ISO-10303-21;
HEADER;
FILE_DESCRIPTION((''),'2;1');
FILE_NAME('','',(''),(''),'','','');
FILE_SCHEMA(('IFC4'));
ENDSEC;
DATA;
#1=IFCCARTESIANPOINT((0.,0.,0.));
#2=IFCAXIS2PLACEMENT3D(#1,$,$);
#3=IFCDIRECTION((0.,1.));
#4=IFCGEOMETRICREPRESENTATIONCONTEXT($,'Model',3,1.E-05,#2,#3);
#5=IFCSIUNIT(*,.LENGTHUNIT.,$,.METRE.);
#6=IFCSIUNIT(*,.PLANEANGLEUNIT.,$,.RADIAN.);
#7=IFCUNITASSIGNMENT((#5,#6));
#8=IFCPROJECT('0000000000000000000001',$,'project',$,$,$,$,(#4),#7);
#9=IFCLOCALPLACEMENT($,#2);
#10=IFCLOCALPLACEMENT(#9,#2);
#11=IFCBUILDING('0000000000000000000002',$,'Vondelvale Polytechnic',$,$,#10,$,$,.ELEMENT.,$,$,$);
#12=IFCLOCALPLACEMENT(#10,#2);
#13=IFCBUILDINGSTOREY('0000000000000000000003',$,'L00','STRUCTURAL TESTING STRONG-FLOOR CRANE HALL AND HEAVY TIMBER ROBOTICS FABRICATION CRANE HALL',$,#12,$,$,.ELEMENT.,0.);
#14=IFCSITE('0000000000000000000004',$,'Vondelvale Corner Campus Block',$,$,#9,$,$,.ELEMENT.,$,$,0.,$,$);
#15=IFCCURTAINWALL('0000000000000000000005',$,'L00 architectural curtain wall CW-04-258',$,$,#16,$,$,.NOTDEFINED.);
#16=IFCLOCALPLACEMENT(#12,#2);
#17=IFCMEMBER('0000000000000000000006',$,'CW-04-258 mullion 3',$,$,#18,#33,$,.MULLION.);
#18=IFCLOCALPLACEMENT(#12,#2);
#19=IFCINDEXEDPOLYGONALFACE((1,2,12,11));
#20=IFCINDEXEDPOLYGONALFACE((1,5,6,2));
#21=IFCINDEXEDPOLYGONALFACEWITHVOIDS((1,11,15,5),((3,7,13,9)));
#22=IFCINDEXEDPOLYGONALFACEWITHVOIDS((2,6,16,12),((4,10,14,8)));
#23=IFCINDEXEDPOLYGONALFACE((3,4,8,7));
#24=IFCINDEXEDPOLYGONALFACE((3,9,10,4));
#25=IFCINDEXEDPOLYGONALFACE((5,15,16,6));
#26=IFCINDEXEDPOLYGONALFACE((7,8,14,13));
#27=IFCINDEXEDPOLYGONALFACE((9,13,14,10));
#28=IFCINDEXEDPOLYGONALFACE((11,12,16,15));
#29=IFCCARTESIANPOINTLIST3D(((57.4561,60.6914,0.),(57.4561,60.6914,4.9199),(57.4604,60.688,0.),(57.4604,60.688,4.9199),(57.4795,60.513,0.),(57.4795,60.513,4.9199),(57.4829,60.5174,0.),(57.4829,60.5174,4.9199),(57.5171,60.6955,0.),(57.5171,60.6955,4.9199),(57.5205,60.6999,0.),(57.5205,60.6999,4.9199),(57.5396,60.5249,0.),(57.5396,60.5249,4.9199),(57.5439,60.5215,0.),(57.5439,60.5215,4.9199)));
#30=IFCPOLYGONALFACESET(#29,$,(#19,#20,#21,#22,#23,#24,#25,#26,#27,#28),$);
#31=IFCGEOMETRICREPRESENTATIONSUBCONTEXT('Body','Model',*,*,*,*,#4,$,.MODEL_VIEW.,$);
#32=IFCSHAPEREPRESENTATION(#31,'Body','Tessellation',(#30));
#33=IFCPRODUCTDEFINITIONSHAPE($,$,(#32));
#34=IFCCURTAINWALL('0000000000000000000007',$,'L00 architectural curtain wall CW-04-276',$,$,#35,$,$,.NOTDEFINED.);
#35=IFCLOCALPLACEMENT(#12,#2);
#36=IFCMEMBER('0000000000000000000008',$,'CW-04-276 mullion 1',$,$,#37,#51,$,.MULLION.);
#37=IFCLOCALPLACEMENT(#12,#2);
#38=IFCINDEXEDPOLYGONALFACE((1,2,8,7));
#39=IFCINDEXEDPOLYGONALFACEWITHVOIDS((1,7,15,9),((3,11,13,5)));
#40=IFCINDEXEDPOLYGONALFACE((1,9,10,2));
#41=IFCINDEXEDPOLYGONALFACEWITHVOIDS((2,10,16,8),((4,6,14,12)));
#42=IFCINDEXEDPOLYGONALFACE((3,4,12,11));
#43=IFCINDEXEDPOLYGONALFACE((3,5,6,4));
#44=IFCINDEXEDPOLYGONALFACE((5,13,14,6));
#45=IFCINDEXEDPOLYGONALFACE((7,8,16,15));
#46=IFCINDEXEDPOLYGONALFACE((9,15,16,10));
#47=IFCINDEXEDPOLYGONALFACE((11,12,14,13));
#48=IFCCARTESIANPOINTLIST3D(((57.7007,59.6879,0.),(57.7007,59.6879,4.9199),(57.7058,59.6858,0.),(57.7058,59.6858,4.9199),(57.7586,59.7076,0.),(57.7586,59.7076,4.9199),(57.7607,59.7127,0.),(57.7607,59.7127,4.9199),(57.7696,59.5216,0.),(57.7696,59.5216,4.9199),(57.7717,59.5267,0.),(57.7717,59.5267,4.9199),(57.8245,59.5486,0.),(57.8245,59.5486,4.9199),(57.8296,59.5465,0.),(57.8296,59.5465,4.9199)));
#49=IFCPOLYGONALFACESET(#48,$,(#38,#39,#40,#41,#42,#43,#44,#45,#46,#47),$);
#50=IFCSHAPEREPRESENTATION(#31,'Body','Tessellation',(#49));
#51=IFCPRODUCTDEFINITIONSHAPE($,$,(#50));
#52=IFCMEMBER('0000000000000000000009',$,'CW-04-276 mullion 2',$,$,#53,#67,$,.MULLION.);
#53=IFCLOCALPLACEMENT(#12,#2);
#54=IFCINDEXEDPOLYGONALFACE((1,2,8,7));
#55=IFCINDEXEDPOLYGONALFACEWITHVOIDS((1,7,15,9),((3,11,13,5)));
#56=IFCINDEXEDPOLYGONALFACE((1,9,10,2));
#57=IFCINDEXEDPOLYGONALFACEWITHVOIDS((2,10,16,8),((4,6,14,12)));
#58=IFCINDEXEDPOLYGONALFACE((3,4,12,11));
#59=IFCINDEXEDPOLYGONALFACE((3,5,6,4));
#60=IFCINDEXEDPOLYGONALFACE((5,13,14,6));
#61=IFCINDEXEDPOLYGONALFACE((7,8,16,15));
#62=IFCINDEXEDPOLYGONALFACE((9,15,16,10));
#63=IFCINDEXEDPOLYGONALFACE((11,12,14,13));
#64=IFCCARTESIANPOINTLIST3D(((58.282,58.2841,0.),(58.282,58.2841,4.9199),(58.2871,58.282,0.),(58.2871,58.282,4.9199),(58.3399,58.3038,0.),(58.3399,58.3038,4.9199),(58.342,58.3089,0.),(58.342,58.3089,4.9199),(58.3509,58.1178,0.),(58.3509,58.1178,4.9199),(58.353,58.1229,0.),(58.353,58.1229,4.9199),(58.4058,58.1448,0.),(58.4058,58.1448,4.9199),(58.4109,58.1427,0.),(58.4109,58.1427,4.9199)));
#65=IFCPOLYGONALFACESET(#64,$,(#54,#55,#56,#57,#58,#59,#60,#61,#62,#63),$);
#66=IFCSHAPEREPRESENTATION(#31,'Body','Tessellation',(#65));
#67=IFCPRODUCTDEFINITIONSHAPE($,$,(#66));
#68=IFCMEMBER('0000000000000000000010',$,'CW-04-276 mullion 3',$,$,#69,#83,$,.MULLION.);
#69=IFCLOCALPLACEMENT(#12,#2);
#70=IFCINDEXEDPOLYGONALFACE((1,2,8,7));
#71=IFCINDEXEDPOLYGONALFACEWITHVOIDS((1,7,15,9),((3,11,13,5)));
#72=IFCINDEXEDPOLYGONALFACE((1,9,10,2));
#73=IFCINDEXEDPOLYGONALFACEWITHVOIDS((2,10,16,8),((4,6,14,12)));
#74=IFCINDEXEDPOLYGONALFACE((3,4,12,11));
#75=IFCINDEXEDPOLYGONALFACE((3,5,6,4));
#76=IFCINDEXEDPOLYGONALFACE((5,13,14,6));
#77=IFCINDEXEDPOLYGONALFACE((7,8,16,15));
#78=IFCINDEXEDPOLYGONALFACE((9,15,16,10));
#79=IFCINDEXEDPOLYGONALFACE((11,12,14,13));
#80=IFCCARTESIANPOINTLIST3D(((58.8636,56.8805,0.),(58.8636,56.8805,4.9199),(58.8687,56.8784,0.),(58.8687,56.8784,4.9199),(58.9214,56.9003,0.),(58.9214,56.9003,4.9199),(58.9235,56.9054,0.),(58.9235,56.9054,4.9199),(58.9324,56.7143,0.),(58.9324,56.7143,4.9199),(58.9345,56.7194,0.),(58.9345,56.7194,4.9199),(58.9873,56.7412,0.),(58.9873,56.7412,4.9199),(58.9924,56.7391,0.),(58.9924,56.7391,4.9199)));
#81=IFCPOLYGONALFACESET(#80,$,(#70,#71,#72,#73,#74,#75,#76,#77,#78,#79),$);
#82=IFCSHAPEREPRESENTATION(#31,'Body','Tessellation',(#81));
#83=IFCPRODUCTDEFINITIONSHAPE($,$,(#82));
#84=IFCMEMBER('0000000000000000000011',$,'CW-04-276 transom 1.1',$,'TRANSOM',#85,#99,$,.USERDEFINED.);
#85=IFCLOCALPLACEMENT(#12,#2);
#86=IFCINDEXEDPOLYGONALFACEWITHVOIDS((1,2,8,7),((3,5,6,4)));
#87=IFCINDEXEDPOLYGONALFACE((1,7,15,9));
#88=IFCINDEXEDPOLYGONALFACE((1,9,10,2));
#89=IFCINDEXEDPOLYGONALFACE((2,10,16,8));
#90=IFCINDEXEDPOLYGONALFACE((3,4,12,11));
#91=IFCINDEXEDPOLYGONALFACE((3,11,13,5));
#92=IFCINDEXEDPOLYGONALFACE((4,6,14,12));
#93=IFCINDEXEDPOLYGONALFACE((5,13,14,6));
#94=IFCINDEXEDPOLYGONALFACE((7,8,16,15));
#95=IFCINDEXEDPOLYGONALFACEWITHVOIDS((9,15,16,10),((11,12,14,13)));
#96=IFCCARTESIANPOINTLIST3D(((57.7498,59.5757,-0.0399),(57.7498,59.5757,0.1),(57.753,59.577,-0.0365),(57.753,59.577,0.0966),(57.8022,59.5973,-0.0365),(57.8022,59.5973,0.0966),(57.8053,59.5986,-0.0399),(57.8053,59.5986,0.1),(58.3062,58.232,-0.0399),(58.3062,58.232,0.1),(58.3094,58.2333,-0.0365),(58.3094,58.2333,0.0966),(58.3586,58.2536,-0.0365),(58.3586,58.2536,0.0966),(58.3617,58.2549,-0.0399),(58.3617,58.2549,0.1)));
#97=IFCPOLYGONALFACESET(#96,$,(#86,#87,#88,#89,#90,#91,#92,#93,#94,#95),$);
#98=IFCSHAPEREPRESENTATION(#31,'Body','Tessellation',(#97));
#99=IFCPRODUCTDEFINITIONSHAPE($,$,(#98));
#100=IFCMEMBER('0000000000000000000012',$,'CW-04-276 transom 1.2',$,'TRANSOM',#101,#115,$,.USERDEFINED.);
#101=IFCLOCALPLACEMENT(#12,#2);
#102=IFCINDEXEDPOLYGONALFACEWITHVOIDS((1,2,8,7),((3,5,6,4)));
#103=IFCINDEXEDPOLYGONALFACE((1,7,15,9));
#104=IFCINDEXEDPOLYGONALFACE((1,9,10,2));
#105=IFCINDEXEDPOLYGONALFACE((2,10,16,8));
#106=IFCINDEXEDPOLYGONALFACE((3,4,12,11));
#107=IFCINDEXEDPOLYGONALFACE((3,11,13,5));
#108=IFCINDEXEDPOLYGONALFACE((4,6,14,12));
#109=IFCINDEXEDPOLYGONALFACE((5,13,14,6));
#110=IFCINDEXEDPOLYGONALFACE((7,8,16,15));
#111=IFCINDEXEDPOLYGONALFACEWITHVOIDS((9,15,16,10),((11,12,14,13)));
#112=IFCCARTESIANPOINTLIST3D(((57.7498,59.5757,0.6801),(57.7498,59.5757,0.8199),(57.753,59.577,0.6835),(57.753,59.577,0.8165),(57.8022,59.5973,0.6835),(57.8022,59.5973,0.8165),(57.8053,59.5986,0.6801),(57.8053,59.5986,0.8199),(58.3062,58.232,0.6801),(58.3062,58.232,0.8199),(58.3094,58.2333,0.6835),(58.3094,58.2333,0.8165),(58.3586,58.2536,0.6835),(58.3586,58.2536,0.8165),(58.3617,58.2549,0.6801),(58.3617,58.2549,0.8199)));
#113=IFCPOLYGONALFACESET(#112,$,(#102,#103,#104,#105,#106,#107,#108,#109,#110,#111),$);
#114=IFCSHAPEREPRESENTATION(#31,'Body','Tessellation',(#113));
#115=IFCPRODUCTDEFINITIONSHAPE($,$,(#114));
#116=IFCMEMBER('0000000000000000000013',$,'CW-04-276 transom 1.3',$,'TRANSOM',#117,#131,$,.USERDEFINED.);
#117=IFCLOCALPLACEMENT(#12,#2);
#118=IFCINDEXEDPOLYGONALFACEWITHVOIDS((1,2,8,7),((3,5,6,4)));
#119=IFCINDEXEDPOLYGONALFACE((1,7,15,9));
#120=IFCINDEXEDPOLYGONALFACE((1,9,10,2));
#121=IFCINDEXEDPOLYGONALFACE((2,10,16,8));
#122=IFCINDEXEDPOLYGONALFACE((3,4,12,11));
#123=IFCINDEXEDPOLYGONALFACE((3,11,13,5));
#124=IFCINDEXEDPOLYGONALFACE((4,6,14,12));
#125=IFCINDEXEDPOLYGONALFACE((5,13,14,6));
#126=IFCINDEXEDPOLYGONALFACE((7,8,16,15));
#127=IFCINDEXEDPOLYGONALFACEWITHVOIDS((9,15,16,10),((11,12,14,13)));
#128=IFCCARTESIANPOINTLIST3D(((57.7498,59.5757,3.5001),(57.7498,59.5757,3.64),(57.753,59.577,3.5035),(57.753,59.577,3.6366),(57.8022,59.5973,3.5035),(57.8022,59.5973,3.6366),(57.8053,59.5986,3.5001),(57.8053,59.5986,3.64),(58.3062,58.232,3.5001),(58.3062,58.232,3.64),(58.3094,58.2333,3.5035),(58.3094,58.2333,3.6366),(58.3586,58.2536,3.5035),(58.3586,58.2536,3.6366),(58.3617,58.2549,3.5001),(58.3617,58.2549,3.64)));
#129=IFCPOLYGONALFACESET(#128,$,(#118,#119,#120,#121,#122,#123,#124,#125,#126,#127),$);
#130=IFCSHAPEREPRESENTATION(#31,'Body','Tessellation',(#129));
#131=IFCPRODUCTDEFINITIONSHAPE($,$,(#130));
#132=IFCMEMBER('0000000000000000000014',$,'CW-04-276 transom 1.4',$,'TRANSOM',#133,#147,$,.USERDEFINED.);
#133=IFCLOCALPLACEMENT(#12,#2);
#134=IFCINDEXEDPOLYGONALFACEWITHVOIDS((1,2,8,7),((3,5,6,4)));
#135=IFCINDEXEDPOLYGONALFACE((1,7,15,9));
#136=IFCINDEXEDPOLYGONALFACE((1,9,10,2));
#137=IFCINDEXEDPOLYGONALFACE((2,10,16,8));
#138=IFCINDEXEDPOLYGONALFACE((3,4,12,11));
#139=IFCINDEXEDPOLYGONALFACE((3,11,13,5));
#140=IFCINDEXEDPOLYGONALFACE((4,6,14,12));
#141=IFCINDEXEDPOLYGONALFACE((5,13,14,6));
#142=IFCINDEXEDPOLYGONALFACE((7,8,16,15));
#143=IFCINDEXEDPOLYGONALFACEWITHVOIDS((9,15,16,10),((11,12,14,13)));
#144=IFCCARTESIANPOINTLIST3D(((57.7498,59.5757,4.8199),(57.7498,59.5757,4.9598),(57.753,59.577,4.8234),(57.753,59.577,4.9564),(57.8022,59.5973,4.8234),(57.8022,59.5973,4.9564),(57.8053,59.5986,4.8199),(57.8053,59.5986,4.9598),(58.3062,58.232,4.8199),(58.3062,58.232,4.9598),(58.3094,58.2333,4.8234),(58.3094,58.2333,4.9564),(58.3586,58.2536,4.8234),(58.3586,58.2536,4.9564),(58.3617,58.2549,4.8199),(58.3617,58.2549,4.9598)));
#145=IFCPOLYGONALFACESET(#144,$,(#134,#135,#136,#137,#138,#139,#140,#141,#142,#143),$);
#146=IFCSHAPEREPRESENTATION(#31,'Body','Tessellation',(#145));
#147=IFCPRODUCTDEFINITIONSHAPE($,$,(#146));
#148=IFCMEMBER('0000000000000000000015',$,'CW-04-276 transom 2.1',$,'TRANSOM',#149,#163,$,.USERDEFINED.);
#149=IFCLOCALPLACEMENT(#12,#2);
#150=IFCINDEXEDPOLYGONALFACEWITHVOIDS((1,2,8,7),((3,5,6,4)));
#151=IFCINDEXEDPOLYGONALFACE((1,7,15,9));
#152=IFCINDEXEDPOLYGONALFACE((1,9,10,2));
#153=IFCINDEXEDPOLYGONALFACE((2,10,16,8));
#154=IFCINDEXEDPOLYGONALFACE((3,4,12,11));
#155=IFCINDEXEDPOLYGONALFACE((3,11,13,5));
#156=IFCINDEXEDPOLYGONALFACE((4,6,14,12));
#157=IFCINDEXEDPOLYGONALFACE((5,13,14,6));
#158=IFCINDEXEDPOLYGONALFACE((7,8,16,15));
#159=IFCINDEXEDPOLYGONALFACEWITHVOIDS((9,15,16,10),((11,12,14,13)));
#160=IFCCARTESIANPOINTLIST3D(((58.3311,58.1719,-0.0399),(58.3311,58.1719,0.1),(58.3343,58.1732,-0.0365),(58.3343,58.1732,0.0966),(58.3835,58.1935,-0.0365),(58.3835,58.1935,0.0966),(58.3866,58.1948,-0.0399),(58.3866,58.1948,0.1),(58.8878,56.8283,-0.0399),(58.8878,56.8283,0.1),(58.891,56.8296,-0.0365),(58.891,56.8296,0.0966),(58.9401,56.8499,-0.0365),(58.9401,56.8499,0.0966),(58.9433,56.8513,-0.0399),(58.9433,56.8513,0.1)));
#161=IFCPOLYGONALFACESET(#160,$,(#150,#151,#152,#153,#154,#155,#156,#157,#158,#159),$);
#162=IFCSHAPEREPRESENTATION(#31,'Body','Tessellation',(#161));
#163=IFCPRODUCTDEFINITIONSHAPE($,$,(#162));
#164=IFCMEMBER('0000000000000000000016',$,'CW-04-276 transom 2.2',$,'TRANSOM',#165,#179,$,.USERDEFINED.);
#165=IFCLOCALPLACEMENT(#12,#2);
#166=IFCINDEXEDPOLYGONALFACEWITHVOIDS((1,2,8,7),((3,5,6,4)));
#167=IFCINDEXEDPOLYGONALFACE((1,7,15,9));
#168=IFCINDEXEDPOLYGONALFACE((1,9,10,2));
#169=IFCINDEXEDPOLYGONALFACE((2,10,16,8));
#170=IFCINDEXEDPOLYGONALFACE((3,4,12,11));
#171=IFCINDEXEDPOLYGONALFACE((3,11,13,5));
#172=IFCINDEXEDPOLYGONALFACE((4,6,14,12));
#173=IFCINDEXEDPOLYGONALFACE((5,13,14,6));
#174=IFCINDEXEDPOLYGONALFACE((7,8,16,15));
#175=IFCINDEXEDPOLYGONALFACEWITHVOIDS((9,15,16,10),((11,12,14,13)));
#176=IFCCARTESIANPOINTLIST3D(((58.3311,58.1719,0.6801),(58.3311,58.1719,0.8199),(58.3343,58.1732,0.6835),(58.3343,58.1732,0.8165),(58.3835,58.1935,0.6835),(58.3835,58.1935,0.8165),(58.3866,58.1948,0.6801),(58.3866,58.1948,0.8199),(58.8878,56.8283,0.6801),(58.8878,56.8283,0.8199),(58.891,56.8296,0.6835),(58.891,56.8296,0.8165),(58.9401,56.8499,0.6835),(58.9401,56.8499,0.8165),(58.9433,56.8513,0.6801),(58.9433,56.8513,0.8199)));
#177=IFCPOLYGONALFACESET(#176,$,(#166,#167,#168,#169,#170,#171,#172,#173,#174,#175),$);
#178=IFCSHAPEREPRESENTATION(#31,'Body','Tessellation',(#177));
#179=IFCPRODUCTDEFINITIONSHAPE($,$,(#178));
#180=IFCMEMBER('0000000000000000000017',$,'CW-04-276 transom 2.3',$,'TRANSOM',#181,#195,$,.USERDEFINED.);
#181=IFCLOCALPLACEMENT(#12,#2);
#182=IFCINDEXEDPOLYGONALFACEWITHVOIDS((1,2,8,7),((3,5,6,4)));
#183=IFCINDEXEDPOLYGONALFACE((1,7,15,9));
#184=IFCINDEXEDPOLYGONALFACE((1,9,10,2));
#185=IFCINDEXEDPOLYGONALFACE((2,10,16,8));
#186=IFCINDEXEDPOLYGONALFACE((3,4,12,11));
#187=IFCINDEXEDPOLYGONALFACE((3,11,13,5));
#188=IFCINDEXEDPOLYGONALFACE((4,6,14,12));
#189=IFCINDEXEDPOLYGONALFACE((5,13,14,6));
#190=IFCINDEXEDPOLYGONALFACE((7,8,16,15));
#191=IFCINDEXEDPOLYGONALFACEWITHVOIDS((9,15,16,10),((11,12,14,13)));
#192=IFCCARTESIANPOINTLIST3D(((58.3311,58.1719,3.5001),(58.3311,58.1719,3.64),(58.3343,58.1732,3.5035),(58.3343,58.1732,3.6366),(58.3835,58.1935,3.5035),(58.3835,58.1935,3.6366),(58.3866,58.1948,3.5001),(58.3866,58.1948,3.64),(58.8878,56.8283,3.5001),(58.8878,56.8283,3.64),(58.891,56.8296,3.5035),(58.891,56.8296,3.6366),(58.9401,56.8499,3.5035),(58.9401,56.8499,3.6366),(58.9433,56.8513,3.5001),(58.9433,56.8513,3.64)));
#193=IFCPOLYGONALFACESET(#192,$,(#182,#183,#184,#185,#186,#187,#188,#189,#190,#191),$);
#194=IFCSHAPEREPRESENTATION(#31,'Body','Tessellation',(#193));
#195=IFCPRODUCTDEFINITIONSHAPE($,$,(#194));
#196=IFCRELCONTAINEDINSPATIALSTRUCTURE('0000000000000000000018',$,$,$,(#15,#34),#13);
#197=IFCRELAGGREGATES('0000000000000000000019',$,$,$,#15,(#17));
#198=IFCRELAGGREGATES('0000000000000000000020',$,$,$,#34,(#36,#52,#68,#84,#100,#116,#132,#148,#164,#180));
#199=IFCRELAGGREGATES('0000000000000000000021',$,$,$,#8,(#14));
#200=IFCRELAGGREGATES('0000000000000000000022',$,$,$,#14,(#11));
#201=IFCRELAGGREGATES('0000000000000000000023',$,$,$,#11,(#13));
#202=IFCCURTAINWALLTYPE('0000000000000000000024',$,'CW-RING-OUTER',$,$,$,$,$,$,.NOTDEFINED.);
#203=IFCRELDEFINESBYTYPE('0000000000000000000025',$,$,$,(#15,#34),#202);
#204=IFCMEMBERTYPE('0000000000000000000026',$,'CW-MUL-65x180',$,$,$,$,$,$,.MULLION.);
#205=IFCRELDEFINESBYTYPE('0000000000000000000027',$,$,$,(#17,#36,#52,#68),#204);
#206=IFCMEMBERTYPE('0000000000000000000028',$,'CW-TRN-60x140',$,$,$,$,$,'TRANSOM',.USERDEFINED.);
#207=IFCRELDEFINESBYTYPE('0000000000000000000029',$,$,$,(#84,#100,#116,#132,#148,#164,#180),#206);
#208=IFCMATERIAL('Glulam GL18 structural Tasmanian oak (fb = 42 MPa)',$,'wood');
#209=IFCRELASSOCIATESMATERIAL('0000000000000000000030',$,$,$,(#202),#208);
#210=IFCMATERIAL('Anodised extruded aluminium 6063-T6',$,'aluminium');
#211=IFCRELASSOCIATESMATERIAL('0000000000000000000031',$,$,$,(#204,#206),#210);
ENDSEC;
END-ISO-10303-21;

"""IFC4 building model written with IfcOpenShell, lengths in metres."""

from ifc_helpers import new_model, si_unit, direction, frame, origin, origin_2d, place, context, subcontext, project, spatial, hollow_rectangle, extrude, material, material_profile, profile_set, type_object, element, aggregate, save


model = new_model("IFC4")

# Units and contexts
model_context = context("Model", 3, precision=1e-05, world=origin(), true_north=direction((0.0, 1.0)))
body_context = subcontext(model_context, "Body", "Model", "MODEL_VIEW")
ifc_project = project(units=[si_unit("LENGTHUNIT", "METRE"), si_unit("PLANEANGLEUNIT", "RADIAN")], contexts=[model_context])

# Site, building, storey
site_placement = place(None, origin())
site = spatial("IfcSite", under=ifc_project, at=site_placement, Name="Vondelvale Corner Campus Block", CompositionType="ELEMENT", RefElevation=0.0)
building_placement = place(site_placement, origin())
building = spatial("IfcBuilding", under=site, at=building_placement, Name="Vondelvale Polytechnic", CompositionType="ELEMENT")
storey_placement = place(building_placement, origin())
storey = spatial("IfcBuildingStorey", under=building, at=storey_placement, Name="L00", Description="STRUCTURAL TESTING STRONG-FLOOR CRANE HALL AND HEAVY TIMBER ROBOTICS FABRICATION CRANE HALL", CompositionType="ELEMENT", Elevation=0.0)

# Shared definitions
ifc_material_1 = material(Name="Glulam GL18 structural Tasmanian oak (fb = 42 MPa)", Category="wood")

# Curtain wall, member
curtain_wall_type = type_object("IfcCurtainWallType", Name="CW-RING-OUTER", PredefinedType="NOTDEFINED", material=ifc_material_1)
curtain_wall_1_placement = place(storey_placement, origin())
curtain_wall_1 = element("IfcCurtainWall", 1, at=curtain_wall_1_placement, inside=storey, type_object=curtain_wall_type, Name="L00 architectural curtain wall CW-04-258", PredefinedType="NOTDEFINED")
ifc_material_2 = material(Name="Anodised extruded aluminium 6063-T6", Category="aluminium")
ifc_material_profile_1 = material_profile(ifc_material_2, hollow_rectangle(XDim=0.0649, YDim=0.1799, WallThickness=0.0039, at=origin_2d()), Name="CW-MUL-180x65")
ifc_profile_set_1 = profile_set([ifc_material_profile_1], Name="Anodised extruded aluminium 6063-T6")
member_type_1 = type_object("IfcMemberType", Name="CW-MUL-65x180", PredefinedType="MULLION", material=ifc_profile_set_1)
member_1_placement = place(storey_placement, frame((57.5, 60.6064, 0.0), z_axis=(0.0, 0.0, 1.0), x_axis=(0.991445, 0.130524, 0.0)))
member_1 = element("IfcMember", 2, at=member_1_placement, type_object=member_type_1, Name="CW-04-258 mullion 3", PredefinedType="MULLION", context=body_context, shape_type="SweptSolid", body=[
    extrude(hollow_rectangle(XDim=0.0649, YDim=0.1799, WallThickness=0.0039, at=origin_2d()), origin(), (0.0, 0.0, 1.0), 4.9199),
])

# Curtain wall, members
curtain_wall_2_placement = place(storey_placement, origin())
curtain_wall_2 = element("IfcCurtainWall", 3, at=curtain_wall_2_placement, inside=storey, type_object=curtain_wall_type, Name="L00 architectural curtain wall CW-04-276", PredefinedType="NOTDEFINED")
member_2_placement = place(storey_placement, frame((57.7651, 59.6172, 0.0), z_axis=(0.0, 0.0, 1.0), x_axis=(0.923881, 0.382679, 0.0)))
member_2 = element("IfcMember", 4, at=member_2_placement, type_object=member_type_1, Name="CW-04-276 mullion 1", PredefinedType="MULLION", context=body_context, shape_type="SweptSolid", body=[
    extrude(hollow_rectangle(XDim=0.0649, YDim=0.1799, WallThickness=0.0039, at=origin_2d()), origin(), (0.0, 0.0, 1.0), 4.9199),
])
member_3_placement = place(storey_placement, frame((58.3464, 58.2134, 0.0), z_axis=(0.0, 0.0, 1.0), x_axis=(0.923881, 0.382679, 0.0)))
member_3 = element("IfcMember", 5, at=member_3_placement, type_object=member_type_1, Name="CW-04-276 mullion 2", PredefinedType="MULLION", context=body_context, shape_type="SweptSolid", body=[
    extrude(hollow_rectangle(XDim=0.0649, YDim=0.1799, WallThickness=0.0039, at=origin_2d()), origin(), (0.0, 0.0, 1.0), 4.9199),
])
member_4_placement = place(storey_placement, frame((58.928, 56.8098, 0.0), z_axis=(0.0, 0.0, 1.0), x_axis=(0.923881, 0.382679, 0.0)))
member_4 = element("IfcMember", 6, at=member_4_placement, type_object=member_type_1, Name="CW-04-276 mullion 3", PredefinedType="MULLION", context=body_context, shape_type="SweptSolid", body=[
    extrude(hollow_rectangle(XDim=0.0649, YDim=0.1799, WallThickness=0.0039, at=origin_2d()), origin(), (0.0, 0.0, 1.0), 4.9199),
])
ifc_material_profile_2 = material_profile(ifc_material_2, hollow_rectangle(XDim=0.0601, YDim=0.1399, WallThickness=0.0034, at=origin_2d()), Name="CW-TRN-140x60")
ifc_profile_set_2 = profile_set([ifc_material_profile_2], Name="Anodised extruded aluminium 6063-T6")
member_type_2 = type_object("IfcMemberType", Name="CW-TRN-60x140", ElementType="TRANSOM", PredefinedType="USERDEFINED", material=ifc_profile_set_2)
member_5_placement = place(storey_placement, frame((57.7776, 59.5872, 0.03), z_axis=(0.382564, -0.923929, 0.0), x_axis=(0.923929, 0.382564, 0.0)))
member_5 = element("IfcMember", 7, at=member_5_placement, type_object=member_type_2, Name="CW-04-276 transom 1.1", ObjectType="TRANSOM", PredefinedType="USERDEFINED", context=body_context, shape_type="SweptSolid", body=[
    extrude(hollow_rectangle(XDim=0.0601, YDim=0.1399, WallThickness=0.0034, at=origin_2d()), origin(), (0.0, 0.0, 1.0), 1.4543),
])
member_6_placement = place(storey_placement, frame((57.7776, 59.5872, 0.75), z_axis=(0.382564, -0.923929, 0.0), x_axis=(0.923929, 0.382564, 0.0)))
member_6 = element("IfcMember", 8, at=member_6_placement, type_object=member_type_2, Name="CW-04-276 transom 1.2", ObjectType="TRANSOM", PredefinedType="USERDEFINED", context=body_context, shape_type="SweptSolid", body=[
    extrude(hollow_rectangle(XDim=0.0601, YDim=0.1399, WallThickness=0.0034, at=origin_2d()), origin(), (0.0, 0.0, 1.0), 1.4543),
])
member_7_placement = place(storey_placement, frame((57.7776, 59.5872, 3.5701), z_axis=(0.382564, -0.923929, 0.0), x_axis=(0.923929, 0.382564, 0.0)))
member_7 = element("IfcMember", 9, at=member_7_placement, type_object=member_type_2, Name="CW-04-276 transom 1.3", ObjectType="TRANSOM", PredefinedType="USERDEFINED", context=body_context, shape_type="SweptSolid", body=[
    extrude(hollow_rectangle(XDim=0.0601, YDim=0.1399, WallThickness=0.0034, at=origin_2d()), origin(), (0.0, 0.0, 1.0), 1.4543),
])
member_8_placement = place(storey_placement, frame((57.7776, 59.5872, 4.8899), z_axis=(0.382564, -0.923929, 0.0), x_axis=(0.923929, 0.382564, 0.0)))
member_8 = element("IfcMember", 10, at=member_8_placement, type_object=member_type_2, Name="CW-04-276 transom 1.4", ObjectType="TRANSOM", PredefinedType="USERDEFINED", context=body_context, shape_type="SweptSolid", body=[
    extrude(hollow_rectangle(XDim=0.0601, YDim=0.1399, WallThickness=0.0034, at=origin_2d()), origin(), (0.0, 0.0, 1.0), 1.4543),
])
member_9_placement = place(storey_placement, frame((58.3589, 58.1833, 0.03), z_axis=(0.382767, -0.923845, 0.0), x_axis=(0.923845, 0.382767, 0.0)))
member_9 = element("IfcMember", 11, at=member_9_placement, type_object=member_type_2, Name="CW-04-276 transom 2.1", ObjectType="TRANSOM", PredefinedType="USERDEFINED", context=body_context, shape_type="SweptSolid", body=[
    extrude(hollow_rectangle(XDim=0.0601, YDim=0.1399, WallThickness=0.0034, at=origin_2d()), origin(), (0.0, 0.0, 1.0), 1.4543),
])
member_10_placement = place(storey_placement, frame((58.3589, 58.1833, 0.75), z_axis=(0.382767, -0.923845, 0.0), x_axis=(0.923845, 0.382767, 0.0)))
member_10 = element("IfcMember", 12, at=member_10_placement, type_object=member_type_2, Name="CW-04-276 transom 2.2", ObjectType="TRANSOM", PredefinedType="USERDEFINED", context=body_context, shape_type="SweptSolid", body=[
    extrude(hollow_rectangle(XDim=0.0601, YDim=0.1399, WallThickness=0.0034, at=origin_2d()), origin(), (0.0, 0.0, 1.0), 1.4543),
])
member_11_placement = place(storey_placement, frame((58.3589, 58.1833, 3.5701), z_axis=(0.382767, -0.923845, 0.0), x_axis=(0.923845, 0.382767, 0.0)))
member_11 = element("IfcMember", 13, at=member_11_placement, type_object=member_type_2, Name="CW-04-276 transom 2.3", ObjectType="TRANSOM", PredefinedType="USERDEFINED", context=body_context, shape_type="SweptSolid", body=[
    extrude(hollow_rectangle(XDim=0.0601, YDim=0.1399, WallThickness=0.0034, at=origin_2d()), origin(), (0.0, 0.0, 1.0), 1.4543),
])

aggregate(curtain_wall_1, [member_1])
aggregate(curtain_wall_2, [member_2, member_3, member_4, member_5, member_6, member_7, member_8, member_9, member_10, member_11])

save(model, "model.ifc")
